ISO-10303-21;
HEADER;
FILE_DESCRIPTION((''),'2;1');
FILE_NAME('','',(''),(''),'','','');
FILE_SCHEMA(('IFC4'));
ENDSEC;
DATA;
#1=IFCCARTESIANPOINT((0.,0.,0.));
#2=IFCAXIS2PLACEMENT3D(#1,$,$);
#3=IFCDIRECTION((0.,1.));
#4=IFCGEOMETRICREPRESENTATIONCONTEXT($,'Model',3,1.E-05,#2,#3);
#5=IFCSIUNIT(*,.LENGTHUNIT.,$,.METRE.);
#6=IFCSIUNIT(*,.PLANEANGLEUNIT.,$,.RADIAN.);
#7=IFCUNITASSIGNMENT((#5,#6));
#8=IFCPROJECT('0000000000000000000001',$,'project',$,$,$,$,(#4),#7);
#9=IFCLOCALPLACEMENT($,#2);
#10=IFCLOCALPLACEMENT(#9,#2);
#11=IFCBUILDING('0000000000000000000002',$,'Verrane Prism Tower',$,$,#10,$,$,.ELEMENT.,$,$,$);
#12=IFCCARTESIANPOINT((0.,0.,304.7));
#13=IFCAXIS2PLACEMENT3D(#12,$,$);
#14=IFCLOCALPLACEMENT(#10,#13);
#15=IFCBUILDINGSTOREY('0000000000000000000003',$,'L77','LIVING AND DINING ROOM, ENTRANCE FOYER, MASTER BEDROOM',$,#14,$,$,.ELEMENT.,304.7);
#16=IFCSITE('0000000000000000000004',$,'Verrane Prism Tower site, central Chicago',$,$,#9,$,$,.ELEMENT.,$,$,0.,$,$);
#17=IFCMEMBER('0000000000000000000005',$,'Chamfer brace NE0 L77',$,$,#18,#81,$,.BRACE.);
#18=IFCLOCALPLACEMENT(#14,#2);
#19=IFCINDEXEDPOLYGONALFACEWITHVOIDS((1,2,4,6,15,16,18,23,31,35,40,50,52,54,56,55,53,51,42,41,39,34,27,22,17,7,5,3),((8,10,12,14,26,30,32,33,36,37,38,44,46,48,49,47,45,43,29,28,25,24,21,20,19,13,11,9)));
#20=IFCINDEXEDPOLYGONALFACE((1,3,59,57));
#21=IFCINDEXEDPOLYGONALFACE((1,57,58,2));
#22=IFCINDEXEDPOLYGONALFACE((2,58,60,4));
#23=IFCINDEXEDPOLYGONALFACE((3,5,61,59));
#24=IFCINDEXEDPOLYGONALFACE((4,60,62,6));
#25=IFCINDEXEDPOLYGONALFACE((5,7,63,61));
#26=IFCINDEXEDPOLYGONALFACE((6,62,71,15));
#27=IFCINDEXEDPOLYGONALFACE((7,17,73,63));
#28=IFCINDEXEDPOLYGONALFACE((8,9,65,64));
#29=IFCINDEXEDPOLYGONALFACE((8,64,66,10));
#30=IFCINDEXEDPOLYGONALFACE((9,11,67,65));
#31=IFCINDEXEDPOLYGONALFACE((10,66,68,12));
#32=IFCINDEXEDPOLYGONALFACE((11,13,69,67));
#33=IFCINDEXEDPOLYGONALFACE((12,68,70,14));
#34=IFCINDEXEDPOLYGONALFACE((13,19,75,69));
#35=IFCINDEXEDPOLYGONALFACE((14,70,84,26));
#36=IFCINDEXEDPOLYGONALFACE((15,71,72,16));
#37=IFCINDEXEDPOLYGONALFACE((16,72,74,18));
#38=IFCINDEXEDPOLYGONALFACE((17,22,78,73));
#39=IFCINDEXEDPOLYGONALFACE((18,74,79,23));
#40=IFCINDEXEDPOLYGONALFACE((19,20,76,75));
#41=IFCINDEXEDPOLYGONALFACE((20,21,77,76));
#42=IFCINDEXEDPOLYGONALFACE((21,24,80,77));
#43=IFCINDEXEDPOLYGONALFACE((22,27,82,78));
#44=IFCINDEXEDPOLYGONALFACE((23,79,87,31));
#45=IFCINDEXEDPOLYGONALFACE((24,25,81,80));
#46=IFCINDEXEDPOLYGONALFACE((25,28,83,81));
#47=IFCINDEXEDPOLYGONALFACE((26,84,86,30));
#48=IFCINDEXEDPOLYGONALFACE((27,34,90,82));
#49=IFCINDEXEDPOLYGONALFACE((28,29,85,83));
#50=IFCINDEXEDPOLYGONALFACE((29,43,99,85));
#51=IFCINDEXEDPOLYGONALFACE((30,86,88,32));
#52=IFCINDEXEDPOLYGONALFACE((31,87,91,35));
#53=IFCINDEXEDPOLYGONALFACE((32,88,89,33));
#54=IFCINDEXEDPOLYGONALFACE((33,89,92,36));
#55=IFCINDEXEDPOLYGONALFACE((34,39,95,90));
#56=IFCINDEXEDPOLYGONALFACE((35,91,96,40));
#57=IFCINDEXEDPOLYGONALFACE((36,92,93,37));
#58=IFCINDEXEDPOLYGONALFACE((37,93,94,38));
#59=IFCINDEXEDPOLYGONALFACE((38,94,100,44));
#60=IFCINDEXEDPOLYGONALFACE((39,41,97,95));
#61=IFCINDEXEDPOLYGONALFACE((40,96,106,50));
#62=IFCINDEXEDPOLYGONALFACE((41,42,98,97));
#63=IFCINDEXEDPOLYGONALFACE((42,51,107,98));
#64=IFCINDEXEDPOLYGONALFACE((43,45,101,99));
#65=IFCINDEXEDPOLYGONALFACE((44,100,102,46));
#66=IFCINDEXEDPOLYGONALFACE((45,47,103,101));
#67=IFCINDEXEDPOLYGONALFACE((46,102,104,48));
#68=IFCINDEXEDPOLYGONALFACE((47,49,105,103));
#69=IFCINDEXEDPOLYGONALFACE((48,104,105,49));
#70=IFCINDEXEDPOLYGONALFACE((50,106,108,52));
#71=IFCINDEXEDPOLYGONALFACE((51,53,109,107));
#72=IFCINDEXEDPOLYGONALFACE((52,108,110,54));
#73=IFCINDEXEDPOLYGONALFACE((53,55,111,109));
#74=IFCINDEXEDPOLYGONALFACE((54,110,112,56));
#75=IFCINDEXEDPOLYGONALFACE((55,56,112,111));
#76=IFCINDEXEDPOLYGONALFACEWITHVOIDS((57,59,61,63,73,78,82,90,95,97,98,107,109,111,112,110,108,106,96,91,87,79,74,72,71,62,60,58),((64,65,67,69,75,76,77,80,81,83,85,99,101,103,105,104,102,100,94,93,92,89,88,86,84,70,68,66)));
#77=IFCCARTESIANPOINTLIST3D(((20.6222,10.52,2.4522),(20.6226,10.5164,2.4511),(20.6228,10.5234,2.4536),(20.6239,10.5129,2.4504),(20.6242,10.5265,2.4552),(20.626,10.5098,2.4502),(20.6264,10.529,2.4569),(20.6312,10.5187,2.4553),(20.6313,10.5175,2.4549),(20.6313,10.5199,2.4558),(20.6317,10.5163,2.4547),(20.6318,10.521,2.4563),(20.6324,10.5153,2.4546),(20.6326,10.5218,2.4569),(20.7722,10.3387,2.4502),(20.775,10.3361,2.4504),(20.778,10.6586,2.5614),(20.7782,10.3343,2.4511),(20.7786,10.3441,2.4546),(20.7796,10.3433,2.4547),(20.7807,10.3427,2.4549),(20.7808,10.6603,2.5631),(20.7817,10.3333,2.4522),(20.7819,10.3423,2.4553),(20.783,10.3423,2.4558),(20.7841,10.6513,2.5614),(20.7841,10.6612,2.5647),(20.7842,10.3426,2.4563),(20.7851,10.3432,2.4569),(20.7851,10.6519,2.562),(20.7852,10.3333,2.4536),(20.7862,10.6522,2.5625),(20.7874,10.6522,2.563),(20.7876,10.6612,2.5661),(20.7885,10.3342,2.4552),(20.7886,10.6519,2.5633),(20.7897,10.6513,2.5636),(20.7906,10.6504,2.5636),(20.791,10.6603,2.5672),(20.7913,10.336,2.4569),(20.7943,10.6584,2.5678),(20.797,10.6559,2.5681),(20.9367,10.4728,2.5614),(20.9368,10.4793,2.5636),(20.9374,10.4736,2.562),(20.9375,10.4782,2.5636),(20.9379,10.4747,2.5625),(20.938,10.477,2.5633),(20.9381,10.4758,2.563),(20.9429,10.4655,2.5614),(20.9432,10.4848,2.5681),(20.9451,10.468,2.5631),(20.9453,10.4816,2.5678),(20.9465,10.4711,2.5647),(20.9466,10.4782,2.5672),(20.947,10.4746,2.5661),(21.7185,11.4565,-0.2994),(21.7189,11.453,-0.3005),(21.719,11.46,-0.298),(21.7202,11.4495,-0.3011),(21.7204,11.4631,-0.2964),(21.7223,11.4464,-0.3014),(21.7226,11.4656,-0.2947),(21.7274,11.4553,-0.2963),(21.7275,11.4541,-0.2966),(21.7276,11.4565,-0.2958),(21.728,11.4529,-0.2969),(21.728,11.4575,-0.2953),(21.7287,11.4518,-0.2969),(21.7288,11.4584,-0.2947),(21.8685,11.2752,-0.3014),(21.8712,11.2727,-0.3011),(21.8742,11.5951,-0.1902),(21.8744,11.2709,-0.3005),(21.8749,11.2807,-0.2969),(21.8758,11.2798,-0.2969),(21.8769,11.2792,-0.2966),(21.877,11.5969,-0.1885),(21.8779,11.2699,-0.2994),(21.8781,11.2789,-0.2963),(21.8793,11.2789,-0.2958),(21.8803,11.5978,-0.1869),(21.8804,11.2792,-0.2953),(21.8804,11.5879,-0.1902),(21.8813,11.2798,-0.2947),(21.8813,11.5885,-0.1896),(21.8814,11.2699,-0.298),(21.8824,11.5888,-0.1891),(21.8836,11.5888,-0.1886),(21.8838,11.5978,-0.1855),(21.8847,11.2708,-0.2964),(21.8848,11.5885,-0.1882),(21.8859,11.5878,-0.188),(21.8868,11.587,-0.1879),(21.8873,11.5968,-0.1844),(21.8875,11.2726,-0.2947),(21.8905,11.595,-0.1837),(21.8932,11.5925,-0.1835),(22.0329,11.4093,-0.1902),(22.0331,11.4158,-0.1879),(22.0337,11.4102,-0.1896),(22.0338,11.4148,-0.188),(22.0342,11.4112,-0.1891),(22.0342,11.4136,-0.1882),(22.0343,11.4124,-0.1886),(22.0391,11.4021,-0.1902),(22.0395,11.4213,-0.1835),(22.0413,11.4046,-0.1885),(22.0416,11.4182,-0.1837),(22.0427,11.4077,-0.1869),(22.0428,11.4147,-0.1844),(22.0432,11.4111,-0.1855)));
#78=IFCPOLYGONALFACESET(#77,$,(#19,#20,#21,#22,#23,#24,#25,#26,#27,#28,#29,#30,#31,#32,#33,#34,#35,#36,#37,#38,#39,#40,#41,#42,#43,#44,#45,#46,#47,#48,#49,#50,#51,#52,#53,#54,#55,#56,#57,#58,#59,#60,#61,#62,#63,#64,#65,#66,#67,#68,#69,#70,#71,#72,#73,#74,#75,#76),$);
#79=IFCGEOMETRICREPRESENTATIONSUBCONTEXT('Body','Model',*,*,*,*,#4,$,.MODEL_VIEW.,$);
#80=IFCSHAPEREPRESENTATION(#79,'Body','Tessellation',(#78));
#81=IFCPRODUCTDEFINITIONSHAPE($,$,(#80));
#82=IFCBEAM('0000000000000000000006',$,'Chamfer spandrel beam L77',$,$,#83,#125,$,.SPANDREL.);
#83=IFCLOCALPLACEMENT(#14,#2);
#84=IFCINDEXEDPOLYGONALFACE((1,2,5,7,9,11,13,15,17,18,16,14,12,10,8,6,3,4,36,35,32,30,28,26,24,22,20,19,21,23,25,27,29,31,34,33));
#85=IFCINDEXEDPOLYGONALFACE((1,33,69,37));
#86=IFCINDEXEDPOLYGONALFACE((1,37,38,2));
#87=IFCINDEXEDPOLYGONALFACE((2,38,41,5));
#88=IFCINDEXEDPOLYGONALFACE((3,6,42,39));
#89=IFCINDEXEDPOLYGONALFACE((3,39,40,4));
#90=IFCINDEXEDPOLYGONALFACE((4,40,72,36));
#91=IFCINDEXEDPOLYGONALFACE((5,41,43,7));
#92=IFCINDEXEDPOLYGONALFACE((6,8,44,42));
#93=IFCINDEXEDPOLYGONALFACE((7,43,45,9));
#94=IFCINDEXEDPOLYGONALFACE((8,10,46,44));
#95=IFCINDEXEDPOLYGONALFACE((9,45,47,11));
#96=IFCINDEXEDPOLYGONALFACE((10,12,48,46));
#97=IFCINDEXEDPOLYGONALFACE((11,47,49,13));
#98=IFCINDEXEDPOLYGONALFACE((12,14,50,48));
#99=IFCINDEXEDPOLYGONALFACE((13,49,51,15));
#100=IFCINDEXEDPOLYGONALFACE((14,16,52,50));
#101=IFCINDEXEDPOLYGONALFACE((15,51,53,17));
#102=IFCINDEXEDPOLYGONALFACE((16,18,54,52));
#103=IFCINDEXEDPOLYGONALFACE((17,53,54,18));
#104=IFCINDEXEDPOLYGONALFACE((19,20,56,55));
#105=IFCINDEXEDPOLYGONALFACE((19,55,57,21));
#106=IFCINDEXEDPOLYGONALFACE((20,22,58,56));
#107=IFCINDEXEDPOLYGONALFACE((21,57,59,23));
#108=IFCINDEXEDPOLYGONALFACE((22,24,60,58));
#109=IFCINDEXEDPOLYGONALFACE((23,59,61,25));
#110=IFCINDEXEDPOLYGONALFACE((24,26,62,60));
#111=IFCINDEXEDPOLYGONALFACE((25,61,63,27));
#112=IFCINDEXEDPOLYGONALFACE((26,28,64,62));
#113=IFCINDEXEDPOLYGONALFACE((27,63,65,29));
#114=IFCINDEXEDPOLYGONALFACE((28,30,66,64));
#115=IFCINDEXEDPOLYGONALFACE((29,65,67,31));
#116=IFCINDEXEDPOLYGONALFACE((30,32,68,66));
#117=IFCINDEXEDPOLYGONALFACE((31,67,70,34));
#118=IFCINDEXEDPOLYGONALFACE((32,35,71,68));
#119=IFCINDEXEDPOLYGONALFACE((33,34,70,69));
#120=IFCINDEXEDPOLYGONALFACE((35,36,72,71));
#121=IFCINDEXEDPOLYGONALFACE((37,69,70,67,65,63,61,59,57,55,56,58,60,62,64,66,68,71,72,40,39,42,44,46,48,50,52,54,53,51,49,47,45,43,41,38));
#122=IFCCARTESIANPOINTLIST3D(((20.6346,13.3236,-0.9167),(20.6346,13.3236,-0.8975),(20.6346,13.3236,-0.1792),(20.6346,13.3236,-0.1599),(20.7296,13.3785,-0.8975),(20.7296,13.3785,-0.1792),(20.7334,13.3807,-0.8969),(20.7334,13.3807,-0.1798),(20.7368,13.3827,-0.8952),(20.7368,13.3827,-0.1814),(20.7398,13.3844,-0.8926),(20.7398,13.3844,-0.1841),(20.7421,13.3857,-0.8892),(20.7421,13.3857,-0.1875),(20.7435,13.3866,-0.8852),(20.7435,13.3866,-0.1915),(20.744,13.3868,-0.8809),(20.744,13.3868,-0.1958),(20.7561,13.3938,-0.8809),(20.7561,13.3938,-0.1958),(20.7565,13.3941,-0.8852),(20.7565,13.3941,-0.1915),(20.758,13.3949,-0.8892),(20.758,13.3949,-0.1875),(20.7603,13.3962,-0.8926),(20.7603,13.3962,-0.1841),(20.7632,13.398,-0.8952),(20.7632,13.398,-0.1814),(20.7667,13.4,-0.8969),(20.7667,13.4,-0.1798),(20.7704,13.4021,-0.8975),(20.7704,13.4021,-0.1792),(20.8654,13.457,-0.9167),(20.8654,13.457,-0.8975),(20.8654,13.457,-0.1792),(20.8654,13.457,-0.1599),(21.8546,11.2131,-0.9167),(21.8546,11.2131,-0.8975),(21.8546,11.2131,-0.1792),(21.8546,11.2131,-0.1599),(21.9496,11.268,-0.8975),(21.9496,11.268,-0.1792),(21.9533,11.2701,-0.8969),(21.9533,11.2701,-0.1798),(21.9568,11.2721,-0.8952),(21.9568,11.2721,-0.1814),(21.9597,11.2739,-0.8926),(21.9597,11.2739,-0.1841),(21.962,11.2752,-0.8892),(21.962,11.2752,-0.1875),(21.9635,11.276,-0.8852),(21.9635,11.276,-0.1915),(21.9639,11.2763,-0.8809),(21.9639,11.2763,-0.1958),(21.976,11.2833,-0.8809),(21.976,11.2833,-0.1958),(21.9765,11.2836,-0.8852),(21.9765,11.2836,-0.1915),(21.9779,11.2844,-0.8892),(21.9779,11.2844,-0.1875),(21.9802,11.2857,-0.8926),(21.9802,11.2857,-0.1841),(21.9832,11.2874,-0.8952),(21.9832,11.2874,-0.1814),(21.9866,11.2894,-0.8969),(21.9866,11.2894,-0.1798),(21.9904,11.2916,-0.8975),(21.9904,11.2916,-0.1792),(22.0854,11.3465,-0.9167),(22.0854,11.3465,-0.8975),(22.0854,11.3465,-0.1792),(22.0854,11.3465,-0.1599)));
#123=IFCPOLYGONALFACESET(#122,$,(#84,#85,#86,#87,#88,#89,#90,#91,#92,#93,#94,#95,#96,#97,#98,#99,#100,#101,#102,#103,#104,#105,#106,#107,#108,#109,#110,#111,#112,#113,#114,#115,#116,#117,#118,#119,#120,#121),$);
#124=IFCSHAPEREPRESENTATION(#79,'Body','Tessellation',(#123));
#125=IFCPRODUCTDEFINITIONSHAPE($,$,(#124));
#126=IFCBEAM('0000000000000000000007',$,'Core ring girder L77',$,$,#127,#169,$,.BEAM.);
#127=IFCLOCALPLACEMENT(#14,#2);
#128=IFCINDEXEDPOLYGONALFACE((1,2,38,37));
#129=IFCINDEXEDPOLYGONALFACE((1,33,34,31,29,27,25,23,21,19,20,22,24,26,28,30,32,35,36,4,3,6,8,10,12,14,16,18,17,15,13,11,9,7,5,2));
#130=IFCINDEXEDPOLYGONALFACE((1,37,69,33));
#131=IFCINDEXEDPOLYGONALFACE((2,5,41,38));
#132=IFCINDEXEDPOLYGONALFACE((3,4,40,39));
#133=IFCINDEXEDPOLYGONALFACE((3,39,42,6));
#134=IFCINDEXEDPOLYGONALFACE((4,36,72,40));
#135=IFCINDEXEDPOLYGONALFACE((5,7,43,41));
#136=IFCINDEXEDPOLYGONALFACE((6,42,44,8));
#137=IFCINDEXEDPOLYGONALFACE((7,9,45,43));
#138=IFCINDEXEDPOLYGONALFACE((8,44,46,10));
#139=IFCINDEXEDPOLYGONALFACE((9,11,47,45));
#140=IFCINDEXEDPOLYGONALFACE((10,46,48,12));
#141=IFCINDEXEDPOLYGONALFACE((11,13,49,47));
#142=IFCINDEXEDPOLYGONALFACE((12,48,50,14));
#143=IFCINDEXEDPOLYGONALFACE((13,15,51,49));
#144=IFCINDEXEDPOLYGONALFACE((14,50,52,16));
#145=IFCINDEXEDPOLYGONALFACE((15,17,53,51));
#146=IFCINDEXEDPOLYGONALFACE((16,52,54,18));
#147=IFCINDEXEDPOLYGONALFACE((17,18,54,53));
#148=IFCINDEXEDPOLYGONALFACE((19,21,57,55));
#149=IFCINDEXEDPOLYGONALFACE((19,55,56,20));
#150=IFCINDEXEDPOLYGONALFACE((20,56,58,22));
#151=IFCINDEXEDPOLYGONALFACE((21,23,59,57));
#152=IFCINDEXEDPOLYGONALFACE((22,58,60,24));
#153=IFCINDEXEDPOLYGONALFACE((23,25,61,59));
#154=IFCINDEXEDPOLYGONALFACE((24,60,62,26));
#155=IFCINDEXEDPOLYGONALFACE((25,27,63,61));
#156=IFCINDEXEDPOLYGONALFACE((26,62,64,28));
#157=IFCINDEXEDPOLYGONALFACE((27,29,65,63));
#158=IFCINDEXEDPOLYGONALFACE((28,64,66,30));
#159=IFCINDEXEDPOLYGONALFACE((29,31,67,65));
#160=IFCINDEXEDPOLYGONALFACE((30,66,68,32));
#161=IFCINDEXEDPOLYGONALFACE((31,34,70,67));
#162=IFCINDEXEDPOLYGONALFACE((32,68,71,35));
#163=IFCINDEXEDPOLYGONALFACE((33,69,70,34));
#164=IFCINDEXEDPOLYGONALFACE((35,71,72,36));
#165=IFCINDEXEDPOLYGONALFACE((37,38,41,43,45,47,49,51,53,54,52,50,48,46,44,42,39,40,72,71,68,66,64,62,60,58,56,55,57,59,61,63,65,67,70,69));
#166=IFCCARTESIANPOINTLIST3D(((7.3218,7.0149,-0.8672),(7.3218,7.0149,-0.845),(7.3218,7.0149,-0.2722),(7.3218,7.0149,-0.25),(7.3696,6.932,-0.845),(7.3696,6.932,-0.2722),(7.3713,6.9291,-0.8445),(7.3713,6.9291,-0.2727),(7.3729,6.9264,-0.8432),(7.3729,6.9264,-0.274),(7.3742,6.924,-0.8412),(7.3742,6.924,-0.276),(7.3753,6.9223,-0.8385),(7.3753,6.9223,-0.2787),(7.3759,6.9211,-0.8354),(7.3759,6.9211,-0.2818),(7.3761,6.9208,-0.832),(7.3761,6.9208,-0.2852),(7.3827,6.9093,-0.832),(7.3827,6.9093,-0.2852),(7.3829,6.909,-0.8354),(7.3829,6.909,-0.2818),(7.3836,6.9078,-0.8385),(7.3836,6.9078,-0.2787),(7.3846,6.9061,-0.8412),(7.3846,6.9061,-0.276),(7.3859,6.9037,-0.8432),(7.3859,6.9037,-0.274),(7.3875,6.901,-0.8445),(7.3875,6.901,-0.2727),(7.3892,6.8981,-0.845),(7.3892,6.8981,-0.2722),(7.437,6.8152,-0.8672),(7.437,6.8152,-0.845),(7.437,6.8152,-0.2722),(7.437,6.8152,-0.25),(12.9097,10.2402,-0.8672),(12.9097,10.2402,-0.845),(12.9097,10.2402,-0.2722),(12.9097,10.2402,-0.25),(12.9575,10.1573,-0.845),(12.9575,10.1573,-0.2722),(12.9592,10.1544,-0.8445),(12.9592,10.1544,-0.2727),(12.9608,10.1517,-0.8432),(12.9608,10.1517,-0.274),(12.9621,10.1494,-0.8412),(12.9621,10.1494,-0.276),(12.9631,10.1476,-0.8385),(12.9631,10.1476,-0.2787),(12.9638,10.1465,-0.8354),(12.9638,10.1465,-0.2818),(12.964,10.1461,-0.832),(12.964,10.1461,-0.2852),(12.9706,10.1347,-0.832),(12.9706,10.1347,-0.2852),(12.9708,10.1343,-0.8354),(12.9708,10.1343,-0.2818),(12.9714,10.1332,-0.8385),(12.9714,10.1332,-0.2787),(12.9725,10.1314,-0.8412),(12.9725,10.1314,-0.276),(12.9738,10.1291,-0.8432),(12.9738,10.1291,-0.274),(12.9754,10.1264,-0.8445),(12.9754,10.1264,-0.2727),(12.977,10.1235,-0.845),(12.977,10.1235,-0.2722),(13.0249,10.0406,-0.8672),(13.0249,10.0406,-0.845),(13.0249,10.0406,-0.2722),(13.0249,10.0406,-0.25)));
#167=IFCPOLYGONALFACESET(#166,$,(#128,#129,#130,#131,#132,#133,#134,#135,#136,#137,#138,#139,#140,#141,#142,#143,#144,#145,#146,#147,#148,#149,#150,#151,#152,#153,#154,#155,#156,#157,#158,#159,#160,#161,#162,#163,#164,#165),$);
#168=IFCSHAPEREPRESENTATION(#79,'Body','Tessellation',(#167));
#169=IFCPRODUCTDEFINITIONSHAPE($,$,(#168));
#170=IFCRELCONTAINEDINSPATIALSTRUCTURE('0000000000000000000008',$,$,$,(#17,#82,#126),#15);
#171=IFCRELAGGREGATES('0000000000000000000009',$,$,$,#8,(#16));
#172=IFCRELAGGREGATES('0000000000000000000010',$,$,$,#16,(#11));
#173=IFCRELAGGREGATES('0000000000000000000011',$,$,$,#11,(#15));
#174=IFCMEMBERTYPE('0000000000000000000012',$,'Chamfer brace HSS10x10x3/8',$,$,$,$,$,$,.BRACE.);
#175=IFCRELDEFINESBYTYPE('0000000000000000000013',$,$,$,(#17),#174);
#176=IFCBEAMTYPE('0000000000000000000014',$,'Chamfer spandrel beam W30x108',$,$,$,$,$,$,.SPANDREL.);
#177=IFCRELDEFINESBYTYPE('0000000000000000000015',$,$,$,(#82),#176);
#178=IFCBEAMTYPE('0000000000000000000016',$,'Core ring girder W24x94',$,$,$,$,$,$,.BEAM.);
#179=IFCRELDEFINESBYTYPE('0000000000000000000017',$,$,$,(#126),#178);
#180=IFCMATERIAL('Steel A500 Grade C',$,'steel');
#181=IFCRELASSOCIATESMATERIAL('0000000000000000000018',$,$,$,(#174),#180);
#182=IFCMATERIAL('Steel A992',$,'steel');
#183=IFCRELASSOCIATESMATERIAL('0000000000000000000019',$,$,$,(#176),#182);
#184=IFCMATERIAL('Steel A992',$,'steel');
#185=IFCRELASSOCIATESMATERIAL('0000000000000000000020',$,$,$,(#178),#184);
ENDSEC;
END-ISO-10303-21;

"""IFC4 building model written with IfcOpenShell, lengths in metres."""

from ifc_helpers import new_model, si_unit, direction, frame, origin, origin_2d, place, context, subcontext, project, spatial, hollow_rectangle, i_section, extrude, material, material_profile, profile_set, type_object, element, save


model = new_model("IFC4")

# Units and contexts
model_context = context("Model", 3, precision=1e-05, world=origin(), true_north=direction((0.0, 1.0)))
body_context = subcontext(model_context, "Body", "Model", "MODEL_VIEW")
ifc_project = project(units=[si_unit("LENGTHUNIT", "METRE"), si_unit("PLANEANGLEUNIT", "RADIAN")], contexts=[model_context])

# Site, building, storey
site_placement = place(None, origin())
site = spatial("IfcSite", under=ifc_project, at=site_placement, Name="Verrane Prism Tower site, central Chicago", CompositionType="ELEMENT", RefElevation=0.0)
building_placement = place(site_placement, origin())
building = spatial("IfcBuilding", under=site, at=building_placement, Name="Verrane Prism Tower", CompositionType="ELEMENT")
storey_placement = place(building_placement, frame((0.0, 0.0, 304.7)))
storey = spatial("IfcBuildingStorey", under=building, at=storey_placement, Name="L77", Description="LIVING AND DINING ROOM, ENTRANCE FOYER, MASTER BEDROOM", CompositionType="ELEMENT", Elevation=304.7)

# Member
ifc_material_1 = material(Name="Steel A500 Grade C", Category="steel")
ifc_material_profile_1 = material_profile(ifc_material_1, hollow_rectangle(XDim=0.2539, YDim=0.2539, WallThickness=0.0095, InnerFilletRadius=0.0049, OuterFilletRadius=0.0144, at=origin_2d()), Name="HSS10x10x3/8")
ifc_profile_set_1 = profile_set([ifc_material_profile_1], Name="Steel A500 Grade C")
member_type_1 = type_object("IfcMemberType", Name="Chamfer brace HSS10x10x3/8", PredefinedType="BRACE", material=ifc_profile_set_1)
member_1_placement = place(storey_placement, frame((21.8809, 11.4338, -0.2424), z_axis=(-0.35289, -0.301489, 0.885761), x_axis=(0.649563, -0.760307, 0.0)))
element("IfcMember", 1, at=member_1_placement, inside=storey, type_object=member_type_1, Name="Chamfer brace NE0 L77", PredefinedType="BRACE", context=body_context, shape_type="SweptSolid", body=[
    extrude(hollow_rectangle(XDim=0.2539, YDim=0.2539, WallThickness=0.0095, InnerFilletRadius=0.0049, OuterFilletRadius=0.0144, at=origin_2d()), origin(), (0.0, 0.0, 1.0), 3.1064),
])

# Beams
ifc_material_2 = material(Name="Steel A992", Category="steel")
ifc_material_profile_2 = material_profile(ifc_material_2, i_section(OverallWidth=0.2666, OverallDepth=0.7568, WebThickness=0.0139, FlangeThickness=0.0193, FilletRadius=0.0166, at=origin_2d()), Name="W30x108")
ifc_profile_set_2 = profile_set([ifc_material_profile_2], Name="Steel A992")
beam_type_1 = type_object("IfcBeamType", Name="Chamfer spandrel beam W30x108", PredefinedType="SPANDREL", material=ifc_profile_set_2)
beam_1_placement = place(storey_placement, frame((21.97, 11.2798, -0.5383), z_axis=(-0.500436, 0.865773, 0.0), x_axis=(-0.865773, -0.500436, 0.0)))
element("IfcBeam", 2, at=beam_1_placement, inside=storey, type_object=beam_type_1, Name="Chamfer spandrel beam L77", PredefinedType="SPANDREL", context=body_context, shape_type="SweptSolid", body=[
    extrude(i_section(OverallWidth=0.2666, OverallDepth=0.7568, WebThickness=0.0139, FlangeThickness=0.0193, FilletRadius=0.0166, at=origin_2d()), origin(), (0.0, 0.0, 1.0), 2.4377),
])
ifc_material_3 = material(Name="Steel A992", Category="steel")
ifc_material_profile_3 = material_profile(ifc_material_3, i_section(OverallWidth=0.2305, OverallDepth=0.6172, WebThickness=0.0132, FlangeThickness=0.0222, FilletRadius=0.0129, at=origin_2d()), Name="W24x94")
ifc_profile_set_3 = profile_set([ifc_material_profile_3], Name="Steel A992")
beam_type_2 = type_object("IfcBeamType", Name="Core ring girder W24x94", PredefinedType="BEAM", material=ifc_profile_set_3)
beam_2_placement = place(storey_placement, frame((12.9673, 10.1404, -0.5586), z_axis=(-0.866081, -0.499904, 0.0), x_axis=(0.499904, -0.866081, 0.0)))
element("IfcBeam", 3, at=beam_2_placement, inside=storey, type_object=beam_type_2, Name="Core ring girder L77", PredefinedType="BEAM", context=body_context, shape_type="SweptSolid", body=[
    extrude(i_section(OverallWidth=0.2305, OverallDepth=0.6172, WebThickness=0.0132, FlangeThickness=0.0222, FilletRadius=0.0129, at=origin_2d()), origin(), (0.0, 0.0, 1.0), 6.4519),
])

save(model, "model.ifc")
